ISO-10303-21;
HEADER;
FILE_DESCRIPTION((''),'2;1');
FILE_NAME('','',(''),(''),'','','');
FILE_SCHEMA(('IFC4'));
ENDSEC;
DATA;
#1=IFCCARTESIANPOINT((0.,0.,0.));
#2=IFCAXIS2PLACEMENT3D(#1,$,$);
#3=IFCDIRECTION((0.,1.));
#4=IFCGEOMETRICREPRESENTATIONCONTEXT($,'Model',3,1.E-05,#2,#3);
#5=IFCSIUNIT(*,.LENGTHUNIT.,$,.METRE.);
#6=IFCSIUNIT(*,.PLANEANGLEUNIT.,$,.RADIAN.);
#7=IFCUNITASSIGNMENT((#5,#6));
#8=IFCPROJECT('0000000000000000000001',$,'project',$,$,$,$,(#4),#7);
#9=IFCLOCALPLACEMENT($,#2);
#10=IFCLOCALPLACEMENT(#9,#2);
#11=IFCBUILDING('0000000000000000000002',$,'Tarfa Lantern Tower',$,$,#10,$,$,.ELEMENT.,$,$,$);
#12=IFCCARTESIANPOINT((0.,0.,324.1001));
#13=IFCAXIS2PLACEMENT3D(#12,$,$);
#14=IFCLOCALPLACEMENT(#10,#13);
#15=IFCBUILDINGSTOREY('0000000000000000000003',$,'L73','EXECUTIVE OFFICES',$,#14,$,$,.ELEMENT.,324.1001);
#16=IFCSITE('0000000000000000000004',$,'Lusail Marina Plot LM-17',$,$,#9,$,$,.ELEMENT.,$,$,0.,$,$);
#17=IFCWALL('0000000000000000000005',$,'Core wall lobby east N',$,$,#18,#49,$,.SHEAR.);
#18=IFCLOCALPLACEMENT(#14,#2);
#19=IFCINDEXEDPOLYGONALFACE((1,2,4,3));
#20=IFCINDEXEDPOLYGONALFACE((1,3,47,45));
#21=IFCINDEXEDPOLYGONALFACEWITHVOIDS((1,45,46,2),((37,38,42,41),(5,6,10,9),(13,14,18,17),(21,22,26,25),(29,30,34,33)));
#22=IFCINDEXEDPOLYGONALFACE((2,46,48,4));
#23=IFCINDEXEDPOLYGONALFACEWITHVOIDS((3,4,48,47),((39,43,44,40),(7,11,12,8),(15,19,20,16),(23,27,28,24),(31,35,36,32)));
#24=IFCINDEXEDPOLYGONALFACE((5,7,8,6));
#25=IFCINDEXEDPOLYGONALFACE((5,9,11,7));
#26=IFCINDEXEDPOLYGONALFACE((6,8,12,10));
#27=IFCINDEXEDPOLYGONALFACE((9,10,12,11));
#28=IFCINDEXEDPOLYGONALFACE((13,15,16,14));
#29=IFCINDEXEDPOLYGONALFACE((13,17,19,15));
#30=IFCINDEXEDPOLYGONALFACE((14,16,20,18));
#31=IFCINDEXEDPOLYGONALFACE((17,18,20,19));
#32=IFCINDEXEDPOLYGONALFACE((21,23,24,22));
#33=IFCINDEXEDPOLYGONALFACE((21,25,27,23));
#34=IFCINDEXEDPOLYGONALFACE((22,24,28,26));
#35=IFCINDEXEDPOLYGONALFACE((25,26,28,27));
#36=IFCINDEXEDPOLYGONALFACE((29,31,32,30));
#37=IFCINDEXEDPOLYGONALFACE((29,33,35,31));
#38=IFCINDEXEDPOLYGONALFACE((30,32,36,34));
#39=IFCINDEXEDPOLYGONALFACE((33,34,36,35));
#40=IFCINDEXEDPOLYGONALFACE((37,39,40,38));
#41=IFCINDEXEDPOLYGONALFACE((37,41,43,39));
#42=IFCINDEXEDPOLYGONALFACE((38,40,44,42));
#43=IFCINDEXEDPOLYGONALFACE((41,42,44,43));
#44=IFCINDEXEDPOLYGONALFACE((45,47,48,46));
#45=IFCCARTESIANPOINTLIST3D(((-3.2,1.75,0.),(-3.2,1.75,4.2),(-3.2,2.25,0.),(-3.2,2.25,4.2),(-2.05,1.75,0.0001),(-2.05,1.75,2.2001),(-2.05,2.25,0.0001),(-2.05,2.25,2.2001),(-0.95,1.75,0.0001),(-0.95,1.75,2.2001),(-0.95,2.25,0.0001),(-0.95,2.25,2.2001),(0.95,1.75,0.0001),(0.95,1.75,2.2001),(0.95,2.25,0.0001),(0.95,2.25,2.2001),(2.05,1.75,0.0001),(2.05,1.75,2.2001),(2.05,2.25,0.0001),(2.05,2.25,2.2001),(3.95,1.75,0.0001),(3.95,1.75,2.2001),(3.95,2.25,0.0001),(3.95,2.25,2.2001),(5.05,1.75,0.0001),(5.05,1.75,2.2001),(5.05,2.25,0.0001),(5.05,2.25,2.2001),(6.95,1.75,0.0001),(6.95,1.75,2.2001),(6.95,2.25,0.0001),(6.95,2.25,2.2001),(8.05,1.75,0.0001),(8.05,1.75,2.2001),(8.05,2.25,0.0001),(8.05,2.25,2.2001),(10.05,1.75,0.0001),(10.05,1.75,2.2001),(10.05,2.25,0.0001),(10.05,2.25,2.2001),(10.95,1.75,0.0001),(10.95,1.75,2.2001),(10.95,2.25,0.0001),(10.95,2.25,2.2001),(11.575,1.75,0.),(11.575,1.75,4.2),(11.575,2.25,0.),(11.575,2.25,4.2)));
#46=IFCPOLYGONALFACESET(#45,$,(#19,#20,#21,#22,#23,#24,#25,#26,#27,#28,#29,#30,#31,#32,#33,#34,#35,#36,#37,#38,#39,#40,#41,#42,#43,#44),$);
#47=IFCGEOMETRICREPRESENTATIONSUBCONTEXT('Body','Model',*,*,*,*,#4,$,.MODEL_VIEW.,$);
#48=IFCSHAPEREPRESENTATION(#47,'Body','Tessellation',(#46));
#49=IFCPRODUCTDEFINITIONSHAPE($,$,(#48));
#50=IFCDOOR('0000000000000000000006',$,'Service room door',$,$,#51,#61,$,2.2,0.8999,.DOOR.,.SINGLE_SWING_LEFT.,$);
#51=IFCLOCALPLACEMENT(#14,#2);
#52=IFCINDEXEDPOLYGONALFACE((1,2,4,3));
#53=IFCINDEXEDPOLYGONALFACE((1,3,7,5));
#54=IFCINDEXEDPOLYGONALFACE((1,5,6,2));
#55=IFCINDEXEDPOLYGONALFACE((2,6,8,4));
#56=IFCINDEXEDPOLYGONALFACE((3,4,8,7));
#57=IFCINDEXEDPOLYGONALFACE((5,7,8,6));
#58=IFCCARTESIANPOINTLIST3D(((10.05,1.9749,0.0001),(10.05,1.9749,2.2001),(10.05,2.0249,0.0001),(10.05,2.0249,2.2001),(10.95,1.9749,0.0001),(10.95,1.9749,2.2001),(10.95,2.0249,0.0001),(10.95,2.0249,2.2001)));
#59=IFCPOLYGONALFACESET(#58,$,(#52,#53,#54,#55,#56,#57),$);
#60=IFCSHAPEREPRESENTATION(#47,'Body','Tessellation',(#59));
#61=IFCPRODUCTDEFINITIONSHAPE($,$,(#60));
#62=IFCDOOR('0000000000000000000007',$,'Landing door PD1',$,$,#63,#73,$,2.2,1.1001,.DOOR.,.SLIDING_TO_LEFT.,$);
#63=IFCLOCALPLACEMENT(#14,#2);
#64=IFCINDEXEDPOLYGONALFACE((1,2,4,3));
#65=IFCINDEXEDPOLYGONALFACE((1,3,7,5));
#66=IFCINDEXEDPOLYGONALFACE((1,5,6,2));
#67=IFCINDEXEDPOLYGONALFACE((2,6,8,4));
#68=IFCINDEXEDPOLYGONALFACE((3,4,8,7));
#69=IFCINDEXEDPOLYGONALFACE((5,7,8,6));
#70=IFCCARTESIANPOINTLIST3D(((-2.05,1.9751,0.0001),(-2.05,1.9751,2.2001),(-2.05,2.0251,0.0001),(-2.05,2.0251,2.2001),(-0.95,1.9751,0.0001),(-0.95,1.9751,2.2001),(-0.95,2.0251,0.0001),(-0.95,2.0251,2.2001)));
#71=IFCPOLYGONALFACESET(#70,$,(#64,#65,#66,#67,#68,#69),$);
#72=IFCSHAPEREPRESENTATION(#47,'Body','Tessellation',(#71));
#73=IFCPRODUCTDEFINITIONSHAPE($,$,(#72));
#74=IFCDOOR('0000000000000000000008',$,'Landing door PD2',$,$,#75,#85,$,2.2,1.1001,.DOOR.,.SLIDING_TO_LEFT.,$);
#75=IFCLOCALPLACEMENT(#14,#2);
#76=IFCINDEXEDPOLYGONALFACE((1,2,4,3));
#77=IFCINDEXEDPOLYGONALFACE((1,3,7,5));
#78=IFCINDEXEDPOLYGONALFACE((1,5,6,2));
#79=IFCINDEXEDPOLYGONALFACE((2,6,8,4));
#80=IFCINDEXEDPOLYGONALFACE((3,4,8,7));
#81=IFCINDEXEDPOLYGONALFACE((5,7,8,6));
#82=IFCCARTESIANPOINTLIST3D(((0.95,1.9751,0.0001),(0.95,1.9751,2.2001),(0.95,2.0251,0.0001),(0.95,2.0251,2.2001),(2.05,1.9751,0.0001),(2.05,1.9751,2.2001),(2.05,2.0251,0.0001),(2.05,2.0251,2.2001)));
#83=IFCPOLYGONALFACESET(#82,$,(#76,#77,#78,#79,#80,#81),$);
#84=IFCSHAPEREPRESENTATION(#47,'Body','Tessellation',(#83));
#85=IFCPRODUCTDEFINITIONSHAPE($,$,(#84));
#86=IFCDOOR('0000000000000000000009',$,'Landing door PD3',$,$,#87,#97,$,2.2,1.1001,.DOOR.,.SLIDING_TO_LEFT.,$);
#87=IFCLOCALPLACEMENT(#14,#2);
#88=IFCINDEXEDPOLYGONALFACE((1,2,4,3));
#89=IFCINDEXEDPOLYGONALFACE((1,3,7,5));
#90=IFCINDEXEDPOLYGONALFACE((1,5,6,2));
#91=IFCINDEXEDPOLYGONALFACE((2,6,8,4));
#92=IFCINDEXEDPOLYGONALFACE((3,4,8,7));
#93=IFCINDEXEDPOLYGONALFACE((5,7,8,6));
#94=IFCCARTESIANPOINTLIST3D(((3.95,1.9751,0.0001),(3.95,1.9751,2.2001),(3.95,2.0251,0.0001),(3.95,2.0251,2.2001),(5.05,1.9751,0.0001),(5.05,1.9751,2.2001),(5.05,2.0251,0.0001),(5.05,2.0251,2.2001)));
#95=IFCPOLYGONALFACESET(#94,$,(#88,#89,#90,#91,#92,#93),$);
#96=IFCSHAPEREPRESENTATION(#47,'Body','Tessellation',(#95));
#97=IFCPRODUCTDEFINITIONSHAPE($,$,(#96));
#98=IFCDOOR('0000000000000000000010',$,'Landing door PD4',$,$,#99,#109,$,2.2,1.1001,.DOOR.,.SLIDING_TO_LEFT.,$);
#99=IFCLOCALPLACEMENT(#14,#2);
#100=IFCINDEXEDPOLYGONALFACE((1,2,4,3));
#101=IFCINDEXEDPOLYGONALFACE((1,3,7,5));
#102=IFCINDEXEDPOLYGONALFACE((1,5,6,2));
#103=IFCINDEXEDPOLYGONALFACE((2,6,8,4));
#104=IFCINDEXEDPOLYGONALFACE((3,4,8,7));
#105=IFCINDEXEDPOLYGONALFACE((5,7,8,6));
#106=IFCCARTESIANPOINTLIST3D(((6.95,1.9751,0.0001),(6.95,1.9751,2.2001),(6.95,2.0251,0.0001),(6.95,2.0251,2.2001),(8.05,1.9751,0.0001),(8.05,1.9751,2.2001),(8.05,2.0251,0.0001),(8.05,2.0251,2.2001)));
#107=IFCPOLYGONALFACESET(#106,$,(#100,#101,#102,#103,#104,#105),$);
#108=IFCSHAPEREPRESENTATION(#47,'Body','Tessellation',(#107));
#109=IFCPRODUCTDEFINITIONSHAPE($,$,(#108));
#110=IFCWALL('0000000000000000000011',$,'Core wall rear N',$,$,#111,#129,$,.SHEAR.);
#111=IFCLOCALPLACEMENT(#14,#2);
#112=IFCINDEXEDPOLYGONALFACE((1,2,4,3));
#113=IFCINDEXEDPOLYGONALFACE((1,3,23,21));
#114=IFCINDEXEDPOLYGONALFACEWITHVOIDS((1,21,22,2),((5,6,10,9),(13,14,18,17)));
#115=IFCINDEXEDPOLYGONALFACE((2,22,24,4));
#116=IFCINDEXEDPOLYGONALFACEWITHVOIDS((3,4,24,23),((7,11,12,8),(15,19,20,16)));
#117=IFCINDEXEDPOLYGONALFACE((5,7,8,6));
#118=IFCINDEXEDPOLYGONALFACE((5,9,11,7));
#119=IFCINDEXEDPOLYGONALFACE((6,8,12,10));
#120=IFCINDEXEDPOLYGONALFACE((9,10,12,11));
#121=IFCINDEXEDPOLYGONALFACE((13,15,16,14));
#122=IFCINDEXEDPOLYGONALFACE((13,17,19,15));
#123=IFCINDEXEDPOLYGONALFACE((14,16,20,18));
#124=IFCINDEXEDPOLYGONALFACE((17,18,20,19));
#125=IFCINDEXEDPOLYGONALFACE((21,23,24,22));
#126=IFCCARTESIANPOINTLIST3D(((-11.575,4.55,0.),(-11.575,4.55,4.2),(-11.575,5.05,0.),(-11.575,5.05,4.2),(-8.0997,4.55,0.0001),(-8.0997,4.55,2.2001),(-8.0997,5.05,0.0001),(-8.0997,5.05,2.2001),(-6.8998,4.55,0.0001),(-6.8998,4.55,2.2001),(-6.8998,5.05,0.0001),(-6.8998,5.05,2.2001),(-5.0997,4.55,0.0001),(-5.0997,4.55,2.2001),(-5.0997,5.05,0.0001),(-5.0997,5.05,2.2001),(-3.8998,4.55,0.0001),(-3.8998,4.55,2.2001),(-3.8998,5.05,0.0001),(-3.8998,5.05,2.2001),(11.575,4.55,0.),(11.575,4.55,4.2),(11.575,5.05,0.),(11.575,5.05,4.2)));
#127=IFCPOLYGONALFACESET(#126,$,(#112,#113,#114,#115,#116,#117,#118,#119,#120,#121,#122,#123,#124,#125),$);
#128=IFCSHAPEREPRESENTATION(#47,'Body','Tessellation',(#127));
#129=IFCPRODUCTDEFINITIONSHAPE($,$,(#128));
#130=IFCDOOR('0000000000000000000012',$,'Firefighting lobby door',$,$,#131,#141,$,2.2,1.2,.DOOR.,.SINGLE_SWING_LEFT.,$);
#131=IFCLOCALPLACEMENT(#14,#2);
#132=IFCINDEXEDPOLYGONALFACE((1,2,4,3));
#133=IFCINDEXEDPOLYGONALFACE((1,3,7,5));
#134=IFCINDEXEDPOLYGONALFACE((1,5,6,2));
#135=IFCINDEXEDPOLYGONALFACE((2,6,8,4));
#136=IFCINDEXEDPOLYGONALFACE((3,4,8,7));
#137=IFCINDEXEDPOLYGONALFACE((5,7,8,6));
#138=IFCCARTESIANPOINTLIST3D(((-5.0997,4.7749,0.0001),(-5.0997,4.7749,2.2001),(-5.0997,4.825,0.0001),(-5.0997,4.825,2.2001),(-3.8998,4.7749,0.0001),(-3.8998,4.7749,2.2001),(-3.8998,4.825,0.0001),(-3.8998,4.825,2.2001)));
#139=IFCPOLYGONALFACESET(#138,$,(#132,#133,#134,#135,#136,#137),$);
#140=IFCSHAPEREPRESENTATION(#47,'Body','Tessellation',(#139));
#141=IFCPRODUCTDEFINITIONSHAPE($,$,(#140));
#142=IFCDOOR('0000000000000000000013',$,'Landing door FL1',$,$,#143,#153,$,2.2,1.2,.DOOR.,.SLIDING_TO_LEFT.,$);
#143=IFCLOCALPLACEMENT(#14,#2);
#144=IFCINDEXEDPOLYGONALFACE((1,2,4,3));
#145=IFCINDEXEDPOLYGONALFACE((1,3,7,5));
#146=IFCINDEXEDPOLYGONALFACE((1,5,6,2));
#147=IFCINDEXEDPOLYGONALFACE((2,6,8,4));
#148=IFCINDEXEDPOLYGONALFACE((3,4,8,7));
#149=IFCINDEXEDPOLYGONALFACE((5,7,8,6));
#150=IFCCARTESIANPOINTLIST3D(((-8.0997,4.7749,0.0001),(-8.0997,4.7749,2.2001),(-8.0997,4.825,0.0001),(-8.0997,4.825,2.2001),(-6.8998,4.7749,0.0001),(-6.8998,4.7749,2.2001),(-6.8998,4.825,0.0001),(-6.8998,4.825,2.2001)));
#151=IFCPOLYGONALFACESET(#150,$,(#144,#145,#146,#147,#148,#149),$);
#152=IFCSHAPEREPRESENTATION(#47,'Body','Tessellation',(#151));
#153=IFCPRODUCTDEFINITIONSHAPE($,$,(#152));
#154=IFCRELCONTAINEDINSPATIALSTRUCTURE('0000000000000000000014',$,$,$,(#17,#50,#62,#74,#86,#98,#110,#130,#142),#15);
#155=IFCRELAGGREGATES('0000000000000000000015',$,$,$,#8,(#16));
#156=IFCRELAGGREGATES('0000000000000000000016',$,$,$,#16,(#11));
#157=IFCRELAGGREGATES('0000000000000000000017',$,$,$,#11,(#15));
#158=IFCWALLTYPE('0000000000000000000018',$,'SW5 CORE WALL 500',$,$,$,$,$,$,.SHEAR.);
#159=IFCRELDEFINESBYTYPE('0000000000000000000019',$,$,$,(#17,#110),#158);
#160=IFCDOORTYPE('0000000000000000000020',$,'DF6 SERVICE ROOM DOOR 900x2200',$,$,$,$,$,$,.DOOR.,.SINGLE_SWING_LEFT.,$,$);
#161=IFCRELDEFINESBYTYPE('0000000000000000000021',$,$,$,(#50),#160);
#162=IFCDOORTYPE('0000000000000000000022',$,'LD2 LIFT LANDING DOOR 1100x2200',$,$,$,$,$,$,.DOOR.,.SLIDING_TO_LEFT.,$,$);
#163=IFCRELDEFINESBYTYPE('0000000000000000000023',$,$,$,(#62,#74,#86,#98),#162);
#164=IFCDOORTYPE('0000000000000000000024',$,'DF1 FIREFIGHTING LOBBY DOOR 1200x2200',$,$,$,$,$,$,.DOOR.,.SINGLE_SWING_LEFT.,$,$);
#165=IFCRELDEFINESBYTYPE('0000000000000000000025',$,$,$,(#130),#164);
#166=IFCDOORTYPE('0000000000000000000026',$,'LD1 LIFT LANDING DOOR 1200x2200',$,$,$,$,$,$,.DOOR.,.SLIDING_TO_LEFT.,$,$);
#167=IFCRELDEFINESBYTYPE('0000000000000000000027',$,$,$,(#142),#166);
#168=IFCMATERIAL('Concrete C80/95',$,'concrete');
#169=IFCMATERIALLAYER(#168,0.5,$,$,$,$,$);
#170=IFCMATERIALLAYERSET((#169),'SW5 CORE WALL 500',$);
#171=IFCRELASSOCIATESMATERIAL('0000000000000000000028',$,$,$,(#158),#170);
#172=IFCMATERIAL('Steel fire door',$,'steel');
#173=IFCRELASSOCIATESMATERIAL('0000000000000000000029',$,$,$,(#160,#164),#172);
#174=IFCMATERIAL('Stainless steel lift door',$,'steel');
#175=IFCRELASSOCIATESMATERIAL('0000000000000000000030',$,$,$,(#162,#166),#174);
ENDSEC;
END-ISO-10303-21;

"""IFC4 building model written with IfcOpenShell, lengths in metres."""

from ifc_helpers import new_model, si_unit, direction, frame, frame_2d, origin, place, context, subcontext, project, spatial, rectangle, extrude, material, layer, layer_set, type_object, element, fill, save


model = new_model("IFC4")

# Units and contexts
model_context = context("Model", 3, precision=1e-05, world=origin(), true_north=direction((0.0, 1.0)))
body_context = subcontext(model_context, "Body", "Model", "MODEL_VIEW")
ifc_project = project(units=[si_unit("LENGTHUNIT", "METRE"), si_unit("PLANEANGLEUNIT", "RADIAN")], contexts=[model_context])

# Site, building, storey
site_placement = place(None, origin())
site = spatial("IfcSite", under=ifc_project, at=site_placement, Name="Lusail Marina Plot LM-17", CompositionType="ELEMENT", RefElevation=0.0)
building_placement = place(site_placement, origin())
building = spatial("IfcBuilding", under=site, at=building_placement, Name="Tarfa Lantern Tower", CompositionType="ELEMENT")
storey_placement = place(building_placement, frame((0.0, 0.0, 324.1001)))
storey = spatial("IfcBuildingStorey", under=building, at=storey_placement, Name="L73", Description="EXECUTIVE OFFICES", CompositionType="ELEMENT", Elevation=324.1001)

# Shared definitions
ifc_material_1 = material(Name="Concrete C80/95", Category="concrete")

# Shared definitions
ifc_material_2 = material(Name="Steel fire door", Category="steel")
ifc_layer_1 = layer(ifc_material_1, 0.5)
ifc_layer_set_1 = layer_set([ifc_layer_1], Name="SW5 CORE WALL 500")
wall_type_1 = type_object("IfcWallType", Name="SW5 CORE WALL 500", PredefinedType="SHEAR", material=ifc_layer_set_1)
door_type_1 = type_object("IfcDoorType", Name="DF6 SERVICE ROOM DOOR 900x2200", OperationType="SINGLE_SWING_LEFT", PredefinedType="DOOR", material=ifc_material_2)

# Walls, openings, doors
wall_1_placement = place(storey_placement, frame((-3.2, 2.0, 0.0), z_axis=(0.0, 0.0, 1.0), x_axis=(1.0, 0.0, 0.0)))
wall_1 = element("IfcWall", 1, at=wall_1_placement, inside=storey, type_object=wall_type_1, Name="Core wall lobby east N", PredefinedType="SHEAR", context=body_context, shape_type="SweptSolid", body=[
    extrude(rectangle(XDim=14.7749, YDim=0.5, at=frame_2d((7.3875, 0.0))), origin(), (0.0, 0.0, 1.0), 4.2),
])
opening_1_placement = place(wall_1_placement, frame((13.25, 0.0, 0.0)))
opening_1 = element("IfcOpeningElement", 2, at=opening_1_placement, cuts=wall_1, PredefinedType="OPENING", context=body_context, shape_type="SweptSolid", body=[
    extrude(rectangle(XDim=0.8999, YDim=2.2, at=frame_2d((0.45, 1.1001))), frame((0.0, 0.26, 0.0), z_axis=(0.0, -1.0, 0.0), x_axis=(1.0, 0.0, 0.0)), (0.0, 0.0, 1.0), 0.52),
])
opening_2_placement = place(wall_1_placement, frame((1.1499, 0.0, 0.0)))
opening_2 = element("IfcOpeningElement", 3, at=opening_2_placement, cuts=wall_1, PredefinedType="OPENING", context=body_context, shape_type="SweptSolid", body=[
    extrude(rectangle(XDim=1.1001, YDim=2.2, at=frame_2d((0.55, 1.1001))), frame((0.0, 0.26, 0.0), z_axis=(0.0, -1.0, 0.0), x_axis=(1.0, 0.0, 0.0)), (0.0, 0.0, 1.0), 0.52),
])
opening_3_placement = place(wall_1_placement, frame((4.1499, 0.0, 0.0)))
opening_3 = element("IfcOpeningElement", 4, at=opening_3_placement, cuts=wall_1, PredefinedType="OPENING", context=body_context, shape_type="SweptSolid", body=[
    extrude(rectangle(XDim=1.1001, YDim=2.2, at=frame_2d((0.55, 1.1001))), frame((0.0, 0.26, 0.0), z_axis=(0.0, -1.0, 0.0), x_axis=(1.0, 0.0, 0.0)), (0.0, 0.0, 1.0), 0.52),
])
opening_4_placement = place(wall_1_placement, frame((7.1499, 0.0, 0.0)))
opening_4 = element("IfcOpeningElement", 5, at=opening_4_placement, cuts=wall_1, PredefinedType="OPENING", context=body_context, shape_type="SweptSolid", body=[
    extrude(rectangle(XDim=1.1001, YDim=2.2, at=frame_2d((0.55, 1.1001))), frame((0.0, 0.26, 0.0), z_axis=(0.0, -1.0, 0.0), x_axis=(1.0, 0.0, 0.0)), (0.0, 0.0, 1.0), 0.52),
])
opening_5_placement = place(wall_1_placement, frame((10.1499, 0.0, 0.0)))
opening_5 = element("IfcOpeningElement", 6, at=opening_5_placement, cuts=wall_1, PredefinedType="OPENING", context=body_context, shape_type="SweptSolid", body=[
    extrude(rectangle(XDim=1.1001, YDim=2.2, at=frame_2d((0.55, 1.1001))), frame((0.0, 0.26, 0.0), z_axis=(0.0, -1.0, 0.0), x_axis=(1.0, 0.0, 0.0)), (0.0, 0.0, 1.0), 0.52),
])
door_1_placement = place(opening_1_placement, origin())
door_1 = element("IfcDoor", 7, at=door_1_placement, inside=storey, type_object=door_type_1, Name="Service room door", OperationType="SINGLE_SWING_LEFT", OverallHeight=2.2, OverallWidth=0.8999, PredefinedType="DOOR", context=body_context, shape_type="SweptSolid", body=[
    extrude(rectangle(XDim=0.8999, YDim=2.2, at=frame_2d((0.45, 1.1001))), frame((0.0, 0.0249, 0.0), z_axis=(0.0, -1.0, 0.0), x_axis=(1.0, 0.0, 0.0)), (0.0, 0.0, 1.0), 0.05),
])
fill(opening_1, door_1)
ifc_material_3 = material(Name="Stainless steel lift door", Category="steel")
door_type_2 = type_object("IfcDoorType", Name="LD2 LIFT LANDING DOOR 1100x2200", OperationType="SLIDING_TO_LEFT", PredefinedType="DOOR", material=ifc_material_3)
door_2_placement = place(opening_2_placement, frame((1.1001, 0.0, 0.0), z_axis=(0.0, 0.0, 1.0), x_axis=(-1.0, 0.0, 0.0)))
door_2 = element("IfcDoor", 8, at=door_2_placement, inside=storey, type_object=door_type_2, Name="Landing door PD1", OperationType="SLIDING_TO_LEFT", OverallHeight=2.2, OverallWidth=1.1001, PredefinedType="DOOR", context=body_context, shape_type="SweptSolid", body=[
    extrude(rectangle(XDim=1.1001, YDim=2.2, at=frame_2d((0.55, 1.1001))), frame((0.0, 0.0249, 0.0), z_axis=(0.0, -1.0, 0.0), x_axis=(1.0, 0.0, 0.0)), (0.0, 0.0, 1.0), 0.05),
])
fill(opening_2, door_2)
door_3_placement = place(opening_3_placement, frame((1.1001, 0.0, 0.0), z_axis=(0.0, 0.0, 1.0), x_axis=(-1.0, 0.0, 0.0)))
door_3 = element("IfcDoor", 9, at=door_3_placement, inside=storey, type_object=door_type_2, Name="Landing door PD2", OperationType="SLIDING_TO_LEFT", OverallHeight=2.2, OverallWidth=1.1001, PredefinedType="DOOR", context=body_context, shape_type="SweptSolid", body=[
    extrude(rectangle(XDim=1.1001, YDim=2.2, at=frame_2d((0.55, 1.1001))), frame((0.0, 0.0249, 0.0), z_axis=(0.0, -1.0, 0.0), x_axis=(1.0, 0.0, 0.0)), (0.0, 0.0, 1.0), 0.05),
])
fill(opening_3, door_3)
door_4_placement = place(opening_4_placement, frame((1.1001, 0.0, 0.0), z_axis=(0.0, 0.0, 1.0), x_axis=(-1.0, 0.0, 0.0)))
door_4 = element("IfcDoor", 10, at=door_4_placement, inside=storey, type_object=door_type_2, Name="Landing door PD3", OperationType="SLIDING_TO_LEFT", OverallHeight=2.2, OverallWidth=1.1001, PredefinedType="DOOR", context=body_context, shape_type="SweptSolid", body=[
    extrude(rectangle(XDim=1.1001, YDim=2.2, at=frame_2d((0.55, 1.1001))), frame((0.0, 0.0249, 0.0), z_axis=(0.0, -1.0, 0.0), x_axis=(1.0, 0.0, 0.0)), (0.0, 0.0, 1.0), 0.05),
])
fill(opening_4, door_4)
door_5_placement = place(opening_5_placement, frame((1.1001, 0.0, 0.0), z_axis=(0.0, 0.0, 1.0), x_axis=(-1.0, 0.0, 0.0)))
door_5 = element("IfcDoor", 11, at=door_5_placement, inside=storey, type_object=door_type_2, Name="Landing door PD4", OperationType="SLIDING_TO_LEFT", OverallHeight=2.2, OverallWidth=1.1001, PredefinedType="DOOR", context=body_context, shape_type="SweptSolid", body=[
    extrude(rectangle(XDim=1.1001, YDim=2.2, at=frame_2d((0.55, 1.1001))), frame((0.0, 0.0249, 0.0), z_axis=(0.0, -1.0, 0.0), x_axis=(1.0, 0.0, 0.0)), (0.0, 0.0, 1.0), 0.05),
])
fill(opening_5, door_5)
wall_2_placement = place(storey_placement, frame((-11.575, 4.8, 0.0), z_axis=(0.0, 0.0, 1.0), x_axis=(1.0, 0.0, 0.0)))
wall_2 = element("IfcWall", 12, at=wall_2_placement, inside=storey, type_object=wall_type_1, Name="Core wall rear N", PredefinedType="SHEAR", context=body_context, shape_type="SweptSolid", body=[
    extrude(rectangle(XDim=23.1499, YDim=0.5, at=frame_2d((11.575, 0.0))), origin(), (0.0, 0.0, 1.0), 4.2),
])
opening_6_placement = place(wall_2_placement, frame((6.4751, 0.0, 0.0)))
opening_6 = element("IfcOpeningElement", 13, at=opening_6_placement, cuts=wall_2, PredefinedType="OPENING", context=body_context, shape_type="SweptSolid", body=[
    extrude(rectangle(XDim=1.2, YDim=2.2, at=frame_2d((0.6001, 1.1001))), frame((0.0, 0.26, 0.0), z_axis=(0.0, -1.0, 0.0), x_axis=(1.0, 0.0, 0.0)), (0.0, 0.0, 1.0), 0.52),
])
opening_7_placement = place(wall_2_placement, frame((3.4751, 0.0, 0.0)))
opening_7 = element("IfcOpeningElement", 14, at=opening_7_placement, cuts=wall_2, PredefinedType="OPENING", context=body_context, shape_type="SweptSolid", body=[
    extrude(rectangle(XDim=1.2, YDim=2.2, at=frame_2d((0.6001, 1.1001))), frame((0.0, 0.26, 0.0), z_axis=(0.0, -1.0, 0.0), x_axis=(1.0, 0.0, 0.0)), (0.0, 0.0, 1.0), 0.52),
])
door_type_3 = type_object("IfcDoorType", Name="DF1 FIREFIGHTING LOBBY DOOR 1200x2200", OperationType="SINGLE_SWING_LEFT", PredefinedType="DOOR", material=ifc_material_2)
door_6_placement = place(opening_6_placement, origin())
door_6 = element("IfcDoor", 15, at=door_6_placement, inside=storey, type_object=door_type_3, Name="Firefighting lobby door", OperationType="SINGLE_SWING_LEFT", OverallHeight=2.2, OverallWidth=1.2, PredefinedType="DOOR", context=body_context, shape_type="SweptSolid", body=[
    extrude(rectangle(XDim=1.2, YDim=2.2, at=frame_2d((0.6001, 1.1001))), frame((0.0, 0.0249, 0.0), z_axis=(0.0, -1.0, 0.0), x_axis=(1.0, 0.0, 0.0)), (0.0, 0.0, 1.0), 0.05),
])
fill(opening_6, door_6)
door_type_4 = type_object("IfcDoorType", Name="LD1 LIFT LANDING DOOR 1200x2200", OperationType="SLIDING_TO_LEFT", PredefinedType="DOOR", material=ifc_material_3)
door_7_placement = place(opening_7_placement, origin())
door_7 = element("IfcDoor", 16, at=door_7_placement, inside=storey, type_object=door_type_4, Name="Landing door FL1", OperationType="SLIDING_TO_LEFT", OverallHeight=2.2, OverallWidth=1.2, PredefinedType="DOOR", context=body_context, shape_type="SweptSolid", body=[
    extrude(rectangle(XDim=1.2, YDim=2.2, at=frame_2d((0.6001, 1.1001))), frame((0.0, 0.0249, 0.0), z_axis=(0.0, -1.0, 0.0), x_axis=(1.0, 0.0, 0.0)), (0.0, 0.0, 1.0), 0.05),
])
fill(opening_7, door_7)

save(model, "model.ifc")
